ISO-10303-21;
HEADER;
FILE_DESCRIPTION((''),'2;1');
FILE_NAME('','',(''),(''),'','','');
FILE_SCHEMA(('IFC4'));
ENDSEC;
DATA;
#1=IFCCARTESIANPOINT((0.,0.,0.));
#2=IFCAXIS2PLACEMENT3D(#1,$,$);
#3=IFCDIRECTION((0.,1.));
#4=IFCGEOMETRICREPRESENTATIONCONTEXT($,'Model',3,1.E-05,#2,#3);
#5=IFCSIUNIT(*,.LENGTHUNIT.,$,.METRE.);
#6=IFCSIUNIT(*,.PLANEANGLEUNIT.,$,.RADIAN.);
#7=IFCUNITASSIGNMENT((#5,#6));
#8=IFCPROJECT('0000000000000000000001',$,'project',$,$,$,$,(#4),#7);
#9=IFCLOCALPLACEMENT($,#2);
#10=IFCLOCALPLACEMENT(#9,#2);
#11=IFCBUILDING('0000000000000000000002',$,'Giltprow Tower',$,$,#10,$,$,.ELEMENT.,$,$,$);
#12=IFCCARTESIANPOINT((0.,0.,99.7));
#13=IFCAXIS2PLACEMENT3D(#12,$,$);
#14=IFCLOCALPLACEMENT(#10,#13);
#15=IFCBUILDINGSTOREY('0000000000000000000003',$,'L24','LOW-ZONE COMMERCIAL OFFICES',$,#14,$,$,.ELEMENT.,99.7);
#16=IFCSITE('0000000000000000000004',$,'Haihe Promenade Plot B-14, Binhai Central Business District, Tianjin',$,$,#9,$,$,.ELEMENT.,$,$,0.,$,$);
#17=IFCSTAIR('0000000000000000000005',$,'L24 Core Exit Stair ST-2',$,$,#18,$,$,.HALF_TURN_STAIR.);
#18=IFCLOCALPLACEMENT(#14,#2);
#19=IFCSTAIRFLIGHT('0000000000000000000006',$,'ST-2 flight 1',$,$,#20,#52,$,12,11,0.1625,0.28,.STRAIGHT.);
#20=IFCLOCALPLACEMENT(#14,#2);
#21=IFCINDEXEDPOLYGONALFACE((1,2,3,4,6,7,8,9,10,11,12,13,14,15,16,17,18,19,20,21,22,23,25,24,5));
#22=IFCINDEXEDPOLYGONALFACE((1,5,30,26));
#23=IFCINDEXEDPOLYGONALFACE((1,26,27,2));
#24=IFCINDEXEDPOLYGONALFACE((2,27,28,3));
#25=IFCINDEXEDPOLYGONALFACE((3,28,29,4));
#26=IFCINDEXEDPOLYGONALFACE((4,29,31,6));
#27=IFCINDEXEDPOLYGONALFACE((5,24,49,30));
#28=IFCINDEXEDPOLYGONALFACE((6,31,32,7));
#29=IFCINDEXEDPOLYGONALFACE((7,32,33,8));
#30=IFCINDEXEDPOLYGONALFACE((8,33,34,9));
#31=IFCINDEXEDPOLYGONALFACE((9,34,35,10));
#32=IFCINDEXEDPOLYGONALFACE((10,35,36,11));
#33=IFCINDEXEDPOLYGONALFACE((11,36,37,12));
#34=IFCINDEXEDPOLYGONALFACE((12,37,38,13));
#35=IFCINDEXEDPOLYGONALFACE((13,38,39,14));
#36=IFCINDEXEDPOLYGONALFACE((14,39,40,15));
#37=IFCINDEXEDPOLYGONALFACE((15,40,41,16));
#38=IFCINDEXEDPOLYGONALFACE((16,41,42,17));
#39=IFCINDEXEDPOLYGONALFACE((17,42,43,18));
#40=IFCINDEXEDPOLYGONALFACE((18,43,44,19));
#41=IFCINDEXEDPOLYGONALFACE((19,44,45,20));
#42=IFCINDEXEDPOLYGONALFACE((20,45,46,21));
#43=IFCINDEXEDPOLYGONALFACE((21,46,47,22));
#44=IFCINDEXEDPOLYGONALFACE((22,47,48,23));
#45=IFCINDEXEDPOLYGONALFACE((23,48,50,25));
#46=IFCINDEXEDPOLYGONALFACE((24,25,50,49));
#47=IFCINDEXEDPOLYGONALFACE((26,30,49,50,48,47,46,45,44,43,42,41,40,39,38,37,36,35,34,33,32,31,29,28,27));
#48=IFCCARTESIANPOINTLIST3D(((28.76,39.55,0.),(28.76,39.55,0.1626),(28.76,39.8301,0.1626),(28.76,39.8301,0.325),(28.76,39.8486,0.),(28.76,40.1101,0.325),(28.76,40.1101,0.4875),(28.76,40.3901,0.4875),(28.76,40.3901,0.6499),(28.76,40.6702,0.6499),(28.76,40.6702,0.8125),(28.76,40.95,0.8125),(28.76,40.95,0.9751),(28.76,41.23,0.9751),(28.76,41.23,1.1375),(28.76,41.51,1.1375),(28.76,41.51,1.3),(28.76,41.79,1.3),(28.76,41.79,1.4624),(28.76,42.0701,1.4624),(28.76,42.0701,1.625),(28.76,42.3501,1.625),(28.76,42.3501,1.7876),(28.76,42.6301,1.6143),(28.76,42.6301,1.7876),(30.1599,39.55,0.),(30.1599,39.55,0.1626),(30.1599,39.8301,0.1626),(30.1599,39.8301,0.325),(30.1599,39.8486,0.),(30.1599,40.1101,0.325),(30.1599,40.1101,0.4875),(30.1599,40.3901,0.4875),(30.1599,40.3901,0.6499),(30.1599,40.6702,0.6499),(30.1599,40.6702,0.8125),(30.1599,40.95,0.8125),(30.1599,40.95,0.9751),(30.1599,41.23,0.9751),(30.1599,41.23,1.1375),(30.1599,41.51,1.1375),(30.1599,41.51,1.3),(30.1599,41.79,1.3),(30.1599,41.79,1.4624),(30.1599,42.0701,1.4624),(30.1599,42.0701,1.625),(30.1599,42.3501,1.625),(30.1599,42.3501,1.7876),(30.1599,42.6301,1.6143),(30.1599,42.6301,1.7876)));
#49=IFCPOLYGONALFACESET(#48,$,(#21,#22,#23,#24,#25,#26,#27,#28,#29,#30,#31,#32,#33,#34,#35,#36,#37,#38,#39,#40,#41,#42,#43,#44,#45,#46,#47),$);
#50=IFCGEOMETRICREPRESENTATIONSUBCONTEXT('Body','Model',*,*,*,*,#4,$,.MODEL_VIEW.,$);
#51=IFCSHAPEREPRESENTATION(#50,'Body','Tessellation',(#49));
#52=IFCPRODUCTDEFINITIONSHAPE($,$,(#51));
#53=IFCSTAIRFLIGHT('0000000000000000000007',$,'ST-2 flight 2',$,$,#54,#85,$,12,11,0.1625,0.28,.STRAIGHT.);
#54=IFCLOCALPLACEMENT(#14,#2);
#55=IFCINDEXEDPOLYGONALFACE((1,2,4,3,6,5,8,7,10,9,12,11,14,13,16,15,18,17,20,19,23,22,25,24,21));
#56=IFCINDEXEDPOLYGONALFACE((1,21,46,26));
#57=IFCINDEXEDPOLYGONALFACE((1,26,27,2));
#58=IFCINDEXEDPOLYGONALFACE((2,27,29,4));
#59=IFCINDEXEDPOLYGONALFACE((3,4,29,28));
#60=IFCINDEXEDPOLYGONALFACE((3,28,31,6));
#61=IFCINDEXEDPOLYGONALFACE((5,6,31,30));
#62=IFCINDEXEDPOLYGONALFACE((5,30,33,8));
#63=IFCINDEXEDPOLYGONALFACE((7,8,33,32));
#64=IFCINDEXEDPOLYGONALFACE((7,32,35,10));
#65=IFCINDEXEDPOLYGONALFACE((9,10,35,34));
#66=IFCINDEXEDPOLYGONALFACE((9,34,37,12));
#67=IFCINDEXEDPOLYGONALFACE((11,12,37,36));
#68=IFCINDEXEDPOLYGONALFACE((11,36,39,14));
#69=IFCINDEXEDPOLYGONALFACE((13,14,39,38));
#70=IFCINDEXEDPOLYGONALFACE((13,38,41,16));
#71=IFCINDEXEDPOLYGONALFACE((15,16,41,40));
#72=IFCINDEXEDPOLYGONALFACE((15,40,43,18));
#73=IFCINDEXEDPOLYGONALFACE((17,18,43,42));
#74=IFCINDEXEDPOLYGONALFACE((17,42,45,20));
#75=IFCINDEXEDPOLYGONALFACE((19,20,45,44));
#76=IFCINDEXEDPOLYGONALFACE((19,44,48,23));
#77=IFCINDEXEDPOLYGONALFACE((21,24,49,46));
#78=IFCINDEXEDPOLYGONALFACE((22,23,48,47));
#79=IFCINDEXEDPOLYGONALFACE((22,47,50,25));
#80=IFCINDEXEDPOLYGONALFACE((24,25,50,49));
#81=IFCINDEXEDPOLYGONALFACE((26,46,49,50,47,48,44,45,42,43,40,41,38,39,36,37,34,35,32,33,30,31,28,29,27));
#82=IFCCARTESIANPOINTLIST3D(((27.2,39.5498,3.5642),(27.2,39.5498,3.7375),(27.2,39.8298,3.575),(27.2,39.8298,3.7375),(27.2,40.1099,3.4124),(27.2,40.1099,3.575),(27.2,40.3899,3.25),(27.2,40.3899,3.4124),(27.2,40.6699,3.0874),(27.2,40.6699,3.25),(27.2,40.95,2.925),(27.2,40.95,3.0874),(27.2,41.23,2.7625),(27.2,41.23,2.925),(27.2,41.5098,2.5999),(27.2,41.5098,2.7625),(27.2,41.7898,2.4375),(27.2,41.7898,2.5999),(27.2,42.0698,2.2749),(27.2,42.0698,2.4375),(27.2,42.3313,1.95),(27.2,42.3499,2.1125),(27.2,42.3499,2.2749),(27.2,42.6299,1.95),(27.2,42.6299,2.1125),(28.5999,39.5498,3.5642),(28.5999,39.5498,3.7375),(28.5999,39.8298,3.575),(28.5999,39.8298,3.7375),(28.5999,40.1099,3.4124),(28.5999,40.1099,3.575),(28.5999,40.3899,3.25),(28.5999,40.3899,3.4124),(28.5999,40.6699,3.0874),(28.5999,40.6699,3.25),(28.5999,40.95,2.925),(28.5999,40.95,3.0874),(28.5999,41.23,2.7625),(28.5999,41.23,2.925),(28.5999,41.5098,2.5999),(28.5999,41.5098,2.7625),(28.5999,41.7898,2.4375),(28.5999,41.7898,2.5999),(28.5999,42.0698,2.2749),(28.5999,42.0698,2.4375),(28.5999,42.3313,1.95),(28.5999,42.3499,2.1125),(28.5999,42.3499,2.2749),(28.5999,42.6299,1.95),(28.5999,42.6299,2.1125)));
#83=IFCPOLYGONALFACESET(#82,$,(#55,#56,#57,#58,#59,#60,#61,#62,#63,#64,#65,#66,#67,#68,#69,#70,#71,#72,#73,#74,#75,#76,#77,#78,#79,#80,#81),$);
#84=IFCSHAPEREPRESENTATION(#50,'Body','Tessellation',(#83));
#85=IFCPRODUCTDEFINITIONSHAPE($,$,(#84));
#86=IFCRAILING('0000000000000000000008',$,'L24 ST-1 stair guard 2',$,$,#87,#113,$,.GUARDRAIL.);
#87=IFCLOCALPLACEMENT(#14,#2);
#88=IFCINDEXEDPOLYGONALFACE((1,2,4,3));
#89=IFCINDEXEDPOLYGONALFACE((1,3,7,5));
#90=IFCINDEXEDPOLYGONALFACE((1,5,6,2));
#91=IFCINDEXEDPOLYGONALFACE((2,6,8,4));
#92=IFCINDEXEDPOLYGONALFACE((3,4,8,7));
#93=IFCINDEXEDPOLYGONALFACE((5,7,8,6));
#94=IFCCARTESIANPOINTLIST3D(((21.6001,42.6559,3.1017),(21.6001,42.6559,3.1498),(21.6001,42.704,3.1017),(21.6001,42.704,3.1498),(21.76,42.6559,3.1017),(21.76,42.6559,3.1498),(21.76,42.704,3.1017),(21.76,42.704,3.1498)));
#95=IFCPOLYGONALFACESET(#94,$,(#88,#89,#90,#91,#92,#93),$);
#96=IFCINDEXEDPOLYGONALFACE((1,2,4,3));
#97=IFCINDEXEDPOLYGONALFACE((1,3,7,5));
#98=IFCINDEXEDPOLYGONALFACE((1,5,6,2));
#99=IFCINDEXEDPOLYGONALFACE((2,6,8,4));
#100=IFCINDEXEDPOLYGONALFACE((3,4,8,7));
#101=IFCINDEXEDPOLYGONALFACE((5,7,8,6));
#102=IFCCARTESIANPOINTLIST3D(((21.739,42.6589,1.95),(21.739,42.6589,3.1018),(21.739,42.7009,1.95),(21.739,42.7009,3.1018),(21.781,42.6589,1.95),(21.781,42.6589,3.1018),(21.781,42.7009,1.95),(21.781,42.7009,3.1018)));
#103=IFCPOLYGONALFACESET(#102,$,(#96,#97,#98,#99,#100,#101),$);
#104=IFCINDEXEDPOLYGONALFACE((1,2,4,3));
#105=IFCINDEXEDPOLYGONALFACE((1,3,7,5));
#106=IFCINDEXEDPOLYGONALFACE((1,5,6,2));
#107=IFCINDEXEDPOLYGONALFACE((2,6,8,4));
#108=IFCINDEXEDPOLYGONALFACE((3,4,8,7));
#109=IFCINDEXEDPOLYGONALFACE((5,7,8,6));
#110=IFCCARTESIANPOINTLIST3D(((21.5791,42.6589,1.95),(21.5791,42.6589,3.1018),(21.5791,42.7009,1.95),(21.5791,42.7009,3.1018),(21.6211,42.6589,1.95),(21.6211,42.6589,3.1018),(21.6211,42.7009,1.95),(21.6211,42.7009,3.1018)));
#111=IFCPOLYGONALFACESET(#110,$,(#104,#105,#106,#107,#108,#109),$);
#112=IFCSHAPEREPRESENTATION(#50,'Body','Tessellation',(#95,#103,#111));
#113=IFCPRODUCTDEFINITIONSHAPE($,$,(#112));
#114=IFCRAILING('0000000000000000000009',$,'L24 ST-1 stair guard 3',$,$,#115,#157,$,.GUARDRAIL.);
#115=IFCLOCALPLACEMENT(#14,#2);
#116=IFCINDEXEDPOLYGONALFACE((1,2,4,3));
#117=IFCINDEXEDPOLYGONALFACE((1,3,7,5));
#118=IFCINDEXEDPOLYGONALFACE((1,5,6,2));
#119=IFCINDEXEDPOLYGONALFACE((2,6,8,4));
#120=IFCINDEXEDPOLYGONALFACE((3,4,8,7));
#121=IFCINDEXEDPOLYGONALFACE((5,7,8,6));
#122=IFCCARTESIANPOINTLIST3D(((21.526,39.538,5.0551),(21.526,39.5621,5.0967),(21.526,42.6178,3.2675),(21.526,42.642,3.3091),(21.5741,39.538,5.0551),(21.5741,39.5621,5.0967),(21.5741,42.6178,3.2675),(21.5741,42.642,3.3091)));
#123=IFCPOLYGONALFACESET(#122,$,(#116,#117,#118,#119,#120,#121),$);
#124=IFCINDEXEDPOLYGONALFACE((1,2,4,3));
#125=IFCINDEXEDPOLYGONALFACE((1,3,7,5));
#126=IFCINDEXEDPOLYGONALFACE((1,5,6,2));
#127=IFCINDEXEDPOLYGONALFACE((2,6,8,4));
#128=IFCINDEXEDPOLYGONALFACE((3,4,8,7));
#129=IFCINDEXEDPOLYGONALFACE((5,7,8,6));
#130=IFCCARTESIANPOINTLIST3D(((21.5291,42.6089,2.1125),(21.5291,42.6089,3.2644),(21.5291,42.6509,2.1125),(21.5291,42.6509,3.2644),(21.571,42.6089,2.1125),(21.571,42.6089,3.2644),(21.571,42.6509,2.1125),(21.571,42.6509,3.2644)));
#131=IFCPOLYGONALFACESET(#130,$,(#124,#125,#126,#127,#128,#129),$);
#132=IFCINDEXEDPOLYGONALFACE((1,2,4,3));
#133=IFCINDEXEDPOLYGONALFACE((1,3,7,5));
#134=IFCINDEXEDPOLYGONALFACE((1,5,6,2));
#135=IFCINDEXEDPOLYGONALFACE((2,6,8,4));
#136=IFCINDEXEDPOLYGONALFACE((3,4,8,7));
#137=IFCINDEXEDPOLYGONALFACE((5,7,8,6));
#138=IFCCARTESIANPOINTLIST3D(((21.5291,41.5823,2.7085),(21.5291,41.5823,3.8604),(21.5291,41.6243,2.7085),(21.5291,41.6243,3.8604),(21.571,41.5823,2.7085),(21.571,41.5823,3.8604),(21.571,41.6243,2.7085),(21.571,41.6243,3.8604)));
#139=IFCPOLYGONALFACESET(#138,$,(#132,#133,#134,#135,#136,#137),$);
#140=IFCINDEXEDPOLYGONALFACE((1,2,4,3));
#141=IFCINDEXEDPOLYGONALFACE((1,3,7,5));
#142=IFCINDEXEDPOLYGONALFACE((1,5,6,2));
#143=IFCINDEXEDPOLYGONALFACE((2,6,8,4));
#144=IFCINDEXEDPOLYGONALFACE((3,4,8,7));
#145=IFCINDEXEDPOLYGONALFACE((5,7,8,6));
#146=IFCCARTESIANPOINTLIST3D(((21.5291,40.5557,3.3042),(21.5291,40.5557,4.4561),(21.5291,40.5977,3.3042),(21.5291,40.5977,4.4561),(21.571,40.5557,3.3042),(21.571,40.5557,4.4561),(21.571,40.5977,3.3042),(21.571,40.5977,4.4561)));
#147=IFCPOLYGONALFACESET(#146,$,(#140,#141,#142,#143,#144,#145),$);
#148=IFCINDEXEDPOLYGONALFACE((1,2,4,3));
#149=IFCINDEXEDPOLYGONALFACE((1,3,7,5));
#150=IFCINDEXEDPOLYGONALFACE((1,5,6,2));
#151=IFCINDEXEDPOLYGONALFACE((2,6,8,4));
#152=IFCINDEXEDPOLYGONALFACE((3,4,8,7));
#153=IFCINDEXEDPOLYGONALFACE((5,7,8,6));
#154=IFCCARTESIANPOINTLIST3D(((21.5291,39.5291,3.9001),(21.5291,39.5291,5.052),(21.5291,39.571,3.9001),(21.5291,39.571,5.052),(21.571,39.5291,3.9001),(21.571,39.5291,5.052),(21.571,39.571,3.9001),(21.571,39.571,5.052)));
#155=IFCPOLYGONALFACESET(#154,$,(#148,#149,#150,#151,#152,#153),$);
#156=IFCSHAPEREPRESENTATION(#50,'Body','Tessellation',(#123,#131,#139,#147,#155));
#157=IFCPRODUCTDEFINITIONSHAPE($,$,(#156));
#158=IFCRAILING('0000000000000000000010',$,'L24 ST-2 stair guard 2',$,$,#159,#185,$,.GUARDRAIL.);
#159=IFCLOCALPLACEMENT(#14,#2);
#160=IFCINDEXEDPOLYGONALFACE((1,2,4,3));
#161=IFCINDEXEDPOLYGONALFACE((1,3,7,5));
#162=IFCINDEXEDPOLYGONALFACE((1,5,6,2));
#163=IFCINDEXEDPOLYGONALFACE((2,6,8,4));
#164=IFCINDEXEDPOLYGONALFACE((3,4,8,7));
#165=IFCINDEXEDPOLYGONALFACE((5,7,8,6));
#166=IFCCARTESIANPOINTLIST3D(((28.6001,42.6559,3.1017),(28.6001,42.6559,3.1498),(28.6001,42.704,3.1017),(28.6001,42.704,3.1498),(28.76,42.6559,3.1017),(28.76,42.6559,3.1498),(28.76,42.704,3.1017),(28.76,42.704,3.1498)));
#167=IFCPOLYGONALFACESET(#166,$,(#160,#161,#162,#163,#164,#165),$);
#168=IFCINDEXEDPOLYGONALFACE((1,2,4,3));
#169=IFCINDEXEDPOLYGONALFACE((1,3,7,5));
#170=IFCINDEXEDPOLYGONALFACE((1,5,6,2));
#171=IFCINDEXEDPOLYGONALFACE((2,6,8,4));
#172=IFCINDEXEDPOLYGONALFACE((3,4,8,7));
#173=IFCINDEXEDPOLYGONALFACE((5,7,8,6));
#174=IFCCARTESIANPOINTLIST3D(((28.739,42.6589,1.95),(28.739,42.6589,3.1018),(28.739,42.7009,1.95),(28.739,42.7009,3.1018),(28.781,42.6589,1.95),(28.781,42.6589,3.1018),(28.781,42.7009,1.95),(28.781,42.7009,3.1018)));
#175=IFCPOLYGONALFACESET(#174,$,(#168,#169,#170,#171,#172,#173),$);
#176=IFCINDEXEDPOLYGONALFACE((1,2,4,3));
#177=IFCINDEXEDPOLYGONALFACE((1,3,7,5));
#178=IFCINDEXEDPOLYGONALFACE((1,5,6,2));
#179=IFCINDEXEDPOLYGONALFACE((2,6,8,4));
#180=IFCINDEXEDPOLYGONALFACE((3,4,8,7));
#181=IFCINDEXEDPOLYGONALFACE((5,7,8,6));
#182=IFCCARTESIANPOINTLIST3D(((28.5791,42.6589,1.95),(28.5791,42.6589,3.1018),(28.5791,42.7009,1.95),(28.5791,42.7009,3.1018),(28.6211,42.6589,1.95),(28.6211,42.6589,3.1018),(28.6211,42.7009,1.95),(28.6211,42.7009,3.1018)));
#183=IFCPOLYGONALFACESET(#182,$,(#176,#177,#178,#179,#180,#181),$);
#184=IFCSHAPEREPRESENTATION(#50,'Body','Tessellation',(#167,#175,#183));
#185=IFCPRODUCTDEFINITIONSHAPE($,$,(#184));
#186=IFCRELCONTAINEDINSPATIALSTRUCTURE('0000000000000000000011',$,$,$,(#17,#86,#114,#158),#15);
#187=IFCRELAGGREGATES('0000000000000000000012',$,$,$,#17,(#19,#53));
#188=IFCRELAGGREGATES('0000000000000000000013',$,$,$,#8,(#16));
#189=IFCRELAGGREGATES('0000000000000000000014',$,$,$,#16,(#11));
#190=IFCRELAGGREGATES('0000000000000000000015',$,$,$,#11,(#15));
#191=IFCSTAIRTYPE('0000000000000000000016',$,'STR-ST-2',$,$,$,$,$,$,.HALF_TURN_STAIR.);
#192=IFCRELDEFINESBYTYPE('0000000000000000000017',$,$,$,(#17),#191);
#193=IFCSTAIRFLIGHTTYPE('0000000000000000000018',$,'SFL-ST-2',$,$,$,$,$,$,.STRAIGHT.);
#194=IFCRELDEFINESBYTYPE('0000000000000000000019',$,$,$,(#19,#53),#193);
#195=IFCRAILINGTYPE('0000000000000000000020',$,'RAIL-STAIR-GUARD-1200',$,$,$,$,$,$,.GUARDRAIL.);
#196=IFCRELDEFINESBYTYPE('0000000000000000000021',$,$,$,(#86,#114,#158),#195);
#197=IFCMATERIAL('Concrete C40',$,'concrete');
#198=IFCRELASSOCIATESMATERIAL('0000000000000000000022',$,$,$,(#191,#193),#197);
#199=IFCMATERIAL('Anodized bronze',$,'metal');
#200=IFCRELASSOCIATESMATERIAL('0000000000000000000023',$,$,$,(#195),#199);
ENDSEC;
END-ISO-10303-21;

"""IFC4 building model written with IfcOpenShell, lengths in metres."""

from ifc_helpers import new_model, si_unit, direction, frame, origin, origin_2d, place, context, subcontext, project, spatial, polyline, rectangle, outline, extrude, material, type_object, element, aggregate, save


model = new_model("IFC4")

# Units and contexts
model_context = context("Model", 3, precision=1e-05, world=origin(), true_north=direction((0.0, 1.0)))
body_context = subcontext(model_context, "Body", "Model", "MODEL_VIEW")
ifc_project = project(units=[si_unit("LENGTHUNIT", "METRE"), si_unit("PLANEANGLEUNIT", "RADIAN")], contexts=[model_context])

# Site, building, storey
site_placement = place(None, origin())
site = spatial("IfcSite", under=ifc_project, at=site_placement, Name="Haihe Promenade Plot B-14, Binhai Central Business District, Tianjin", CompositionType="ELEMENT", RefElevation=0.0)
building_placement = place(site_placement, origin())
building = spatial("IfcBuilding", under=site, at=building_placement, Name="Giltprow Tower", CompositionType="ELEMENT")
storey_placement = place(building_placement, frame((0.0, 0.0, 99.7)))
storey = spatial("IfcBuildingStorey", under=building, at=storey_placement, Name="L24", Description="LOW-ZONE COMMERCIAL OFFICES", CompositionType="ELEMENT", Elevation=99.7)

# Shared definitions
ifc_material_1 = material(Name="Concrete C40", Category="concrete")

# Stair, stair flights
stair_type_1 = type_object("IfcStairType", Name="STR-ST-2", PredefinedType="HALF_TURN_STAIR", material=ifc_material_1)
stair_1_placement = place(storey_placement, origin())
stair_1 = element("IfcStair", 1, at=stair_1_placement, inside=storey, type_object=stair_type_1, Name="L24 Core Exit Stair ST-2", PredefinedType="HALF_TURN_STAIR")
stair_flight_type_1 = type_object("IfcStairFlightType", Name="SFL-ST-2", PredefinedType="STRAIGHT", material=ifc_material_1)
stair_flight_1_placement = place(storey_placement, frame((29.46, 39.55, 0.0), z_axis=(0.0, 0.0, 1.0), x_axis=(0.0, 1.0, 0.0)))
stair_flight_1 = element("IfcStairFlight", 2, at=stair_flight_1_placement, type_object=stair_flight_type_1, Name="ST-2 flight 1", NumberOfRisers=12, NumberOfTreads=11, PredefinedType="STRAIGHT", RiserHeight=0.1625, TreadLength=0.28, context=body_context, shape_type="SweptSolid", body=[
    extrude(outline(polyline([(0.0, 0.0), (0.0, 0.1626), (0.28, 0.1626), (0.28, 0.325), (0.5601, 0.325), (0.5601, 0.4875), (0.8401, 0.4875), (0.8401, 0.6499), (1.1201, 0.6499), (1.1201, 0.8125), (1.3999, 0.8125), (1.3999, 0.9751), (1.6799, 0.9751), (1.6799, 1.1375), (1.96, 1.1375), (1.96, 1.3), (2.24, 1.3), (2.24, 1.4624), (2.52, 1.4624), (2.52, 1.625), (2.8, 1.625), (2.8, 1.7876), (3.0801, 1.7876), (3.0801, 1.95), (3.0801, 1.6143), (0.2986, 0.0), (0.0, 0.0)])), frame((0.0, 0.7, 0.0), z_axis=(0.0, -1.0, 0.0), x_axis=(1.0, 0.0, 0.0)), (0.0, 0.0, 1.0), 1.3999),
])
stair_flight_2_placement = place(storey_placement, frame((27.8999, 42.6299, 1.95), z_axis=(0.0, 0.0, 1.0), x_axis=(0.0, -1.0, 0.0)))
stair_flight_2 = element("IfcStairFlight", 3, at=stair_flight_2_placement, type_object=stair_flight_type_1, Name="ST-2 flight 2", NumberOfRisers=12, NumberOfTreads=11, PredefinedType="STRAIGHT", RiserHeight=0.1625, TreadLength=0.28, context=body_context, shape_type="SweptSolid", body=[
    extrude(outline(polyline([(0.0, 0.0), (0.0, 0.1626), (0.28, 0.1626), (0.28, 0.325), (0.5601, 0.325), (0.5601, 0.4875), (0.8401, 0.4875), (0.8401, 0.6499), (1.1201, 0.6499), (1.1201, 0.8125), (1.3999, 0.8125), (1.3999, 0.9751), (1.6799, 0.9751), (1.6799, 1.1375), (1.96, 1.1375), (1.96, 1.3), (2.24, 1.3), (2.24, 1.4624), (2.52, 1.4624), (2.52, 1.625), (2.8, 1.625), (2.8, 1.7876), (3.0801, 1.7876), (3.0801, 1.95), (3.0801, 1.6143), (0.2986, 0.0), (0.0, 0.0)])), frame((0.0, 0.7, 0.0), z_axis=(0.0, -1.0, 0.0), x_axis=(1.0, 0.0, 0.0)), (0.0, 0.0, 1.0), 1.3999),
])
aggregate(stair_1, [stair_flight_1, stair_flight_2])

# Railings
ifc_material_2 = material(Name="Anodized bronze", Category="metal")
railing_type_1 = type_object("IfcRailingType", Name="RAIL-STAIR-GUARD-1200", PredefinedType="GUARDRAIL", material=ifc_material_2)
railing_1_placement = place(storey_placement, frame((21.76, 42.6799, 1.95)))
element("IfcRailing", 4, at=railing_1_placement, inside=storey, type_object=railing_type_1, Name="L24 ST-1 stair guard 2", PredefinedType="GUARDRAIL", context=body_context, shape_type="SweptSolid", body=[
    extrude(rectangle(XDim=0.0481, YDim=0.0481, at=origin_2d()), frame((0.0, 0.0, 1.1758), z_axis=(-1.0, 0.0, 0.0), x_axis=(0.0, -1.0, 0.0)), (0.0, 0.0, 1.0), 0.1599),
    extrude(rectangle(XDim=0.042, YDim=0.042, at=origin_2d()), origin(), (0.0, 0.0, 1.0), 1.1519),
    extrude(rectangle(XDim=0.042, YDim=0.042, at=origin_2d()), frame((-0.1599, 0.0, 0.0)), (0.0, 0.0, 1.0), 1.1519),
])
railing_2_placement = place(storey_placement, frame((21.55, 42.6299, 2.1125)))
element("IfcRailing", 5, at=railing_2_placement, inside=storey, type_object=railing_type_1, Name="L24 ST-1 stair guard 3", PredefinedType="GUARDRAIL", context=body_context, shape_type="SweptSolid", body=[
    extrude(rectangle(XDim=0.0481, YDim=0.0481, at=origin_2d()), frame((0.0, 0.0, 1.1758), z_axis=(0.0, -0.864873, 0.50199), x_axis=(1.0, 0.0, 0.0)), (0.0, 0.0, 1.0), 3.561),
    extrude(rectangle(XDim=0.042, YDim=0.042, at=origin_2d()), origin(), (0.0, 0.0, 1.0), 1.1519),
    extrude(rectangle(XDim=0.042, YDim=0.042, at=origin_2d()), frame((0.0, -1.0266, 0.5959)), (0.0, 0.0, 1.0), 1.1519),
    extrude(rectangle(XDim=0.042, YDim=0.042, at=origin_2d()), frame((0.0, -2.0532, 1.1917)), (0.0, 0.0, 1.0), 1.1519),
    extrude(rectangle(XDim=0.042, YDim=0.042, at=origin_2d()), frame((0.0, -3.0798, 1.7876)), (0.0, 0.0, 1.0), 1.1519),
])
railing_3_placement = place(storey_placement, frame((28.76, 42.6799, 1.95)))
element("IfcRailing", 6, at=railing_3_placement, inside=storey, type_object=railing_type_1, Name="L24 ST-2 stair guard 2", PredefinedType="GUARDRAIL", context=body_context, shape_type="SweptSolid", body=[
    extrude(rectangle(XDim=0.0481, YDim=0.0481, at=origin_2d()), frame((0.0, 0.0, 1.1758), z_axis=(-1.0, 0.0, 0.0), x_axis=(0.0, -1.0, 0.0)), (0.0, 0.0, 1.0), 0.1599),
    extrude(rectangle(XDim=0.042, YDim=0.042, at=origin_2d()), origin(), (0.0, 0.0, 1.0), 1.1519),
    extrude(rectangle(XDim=0.042, YDim=0.042, at=origin_2d()), frame((-0.1599, 0.0, 0.0)), (0.0, 0.0, 1.0), 1.1519),
])

save(model, "model.ifc")
